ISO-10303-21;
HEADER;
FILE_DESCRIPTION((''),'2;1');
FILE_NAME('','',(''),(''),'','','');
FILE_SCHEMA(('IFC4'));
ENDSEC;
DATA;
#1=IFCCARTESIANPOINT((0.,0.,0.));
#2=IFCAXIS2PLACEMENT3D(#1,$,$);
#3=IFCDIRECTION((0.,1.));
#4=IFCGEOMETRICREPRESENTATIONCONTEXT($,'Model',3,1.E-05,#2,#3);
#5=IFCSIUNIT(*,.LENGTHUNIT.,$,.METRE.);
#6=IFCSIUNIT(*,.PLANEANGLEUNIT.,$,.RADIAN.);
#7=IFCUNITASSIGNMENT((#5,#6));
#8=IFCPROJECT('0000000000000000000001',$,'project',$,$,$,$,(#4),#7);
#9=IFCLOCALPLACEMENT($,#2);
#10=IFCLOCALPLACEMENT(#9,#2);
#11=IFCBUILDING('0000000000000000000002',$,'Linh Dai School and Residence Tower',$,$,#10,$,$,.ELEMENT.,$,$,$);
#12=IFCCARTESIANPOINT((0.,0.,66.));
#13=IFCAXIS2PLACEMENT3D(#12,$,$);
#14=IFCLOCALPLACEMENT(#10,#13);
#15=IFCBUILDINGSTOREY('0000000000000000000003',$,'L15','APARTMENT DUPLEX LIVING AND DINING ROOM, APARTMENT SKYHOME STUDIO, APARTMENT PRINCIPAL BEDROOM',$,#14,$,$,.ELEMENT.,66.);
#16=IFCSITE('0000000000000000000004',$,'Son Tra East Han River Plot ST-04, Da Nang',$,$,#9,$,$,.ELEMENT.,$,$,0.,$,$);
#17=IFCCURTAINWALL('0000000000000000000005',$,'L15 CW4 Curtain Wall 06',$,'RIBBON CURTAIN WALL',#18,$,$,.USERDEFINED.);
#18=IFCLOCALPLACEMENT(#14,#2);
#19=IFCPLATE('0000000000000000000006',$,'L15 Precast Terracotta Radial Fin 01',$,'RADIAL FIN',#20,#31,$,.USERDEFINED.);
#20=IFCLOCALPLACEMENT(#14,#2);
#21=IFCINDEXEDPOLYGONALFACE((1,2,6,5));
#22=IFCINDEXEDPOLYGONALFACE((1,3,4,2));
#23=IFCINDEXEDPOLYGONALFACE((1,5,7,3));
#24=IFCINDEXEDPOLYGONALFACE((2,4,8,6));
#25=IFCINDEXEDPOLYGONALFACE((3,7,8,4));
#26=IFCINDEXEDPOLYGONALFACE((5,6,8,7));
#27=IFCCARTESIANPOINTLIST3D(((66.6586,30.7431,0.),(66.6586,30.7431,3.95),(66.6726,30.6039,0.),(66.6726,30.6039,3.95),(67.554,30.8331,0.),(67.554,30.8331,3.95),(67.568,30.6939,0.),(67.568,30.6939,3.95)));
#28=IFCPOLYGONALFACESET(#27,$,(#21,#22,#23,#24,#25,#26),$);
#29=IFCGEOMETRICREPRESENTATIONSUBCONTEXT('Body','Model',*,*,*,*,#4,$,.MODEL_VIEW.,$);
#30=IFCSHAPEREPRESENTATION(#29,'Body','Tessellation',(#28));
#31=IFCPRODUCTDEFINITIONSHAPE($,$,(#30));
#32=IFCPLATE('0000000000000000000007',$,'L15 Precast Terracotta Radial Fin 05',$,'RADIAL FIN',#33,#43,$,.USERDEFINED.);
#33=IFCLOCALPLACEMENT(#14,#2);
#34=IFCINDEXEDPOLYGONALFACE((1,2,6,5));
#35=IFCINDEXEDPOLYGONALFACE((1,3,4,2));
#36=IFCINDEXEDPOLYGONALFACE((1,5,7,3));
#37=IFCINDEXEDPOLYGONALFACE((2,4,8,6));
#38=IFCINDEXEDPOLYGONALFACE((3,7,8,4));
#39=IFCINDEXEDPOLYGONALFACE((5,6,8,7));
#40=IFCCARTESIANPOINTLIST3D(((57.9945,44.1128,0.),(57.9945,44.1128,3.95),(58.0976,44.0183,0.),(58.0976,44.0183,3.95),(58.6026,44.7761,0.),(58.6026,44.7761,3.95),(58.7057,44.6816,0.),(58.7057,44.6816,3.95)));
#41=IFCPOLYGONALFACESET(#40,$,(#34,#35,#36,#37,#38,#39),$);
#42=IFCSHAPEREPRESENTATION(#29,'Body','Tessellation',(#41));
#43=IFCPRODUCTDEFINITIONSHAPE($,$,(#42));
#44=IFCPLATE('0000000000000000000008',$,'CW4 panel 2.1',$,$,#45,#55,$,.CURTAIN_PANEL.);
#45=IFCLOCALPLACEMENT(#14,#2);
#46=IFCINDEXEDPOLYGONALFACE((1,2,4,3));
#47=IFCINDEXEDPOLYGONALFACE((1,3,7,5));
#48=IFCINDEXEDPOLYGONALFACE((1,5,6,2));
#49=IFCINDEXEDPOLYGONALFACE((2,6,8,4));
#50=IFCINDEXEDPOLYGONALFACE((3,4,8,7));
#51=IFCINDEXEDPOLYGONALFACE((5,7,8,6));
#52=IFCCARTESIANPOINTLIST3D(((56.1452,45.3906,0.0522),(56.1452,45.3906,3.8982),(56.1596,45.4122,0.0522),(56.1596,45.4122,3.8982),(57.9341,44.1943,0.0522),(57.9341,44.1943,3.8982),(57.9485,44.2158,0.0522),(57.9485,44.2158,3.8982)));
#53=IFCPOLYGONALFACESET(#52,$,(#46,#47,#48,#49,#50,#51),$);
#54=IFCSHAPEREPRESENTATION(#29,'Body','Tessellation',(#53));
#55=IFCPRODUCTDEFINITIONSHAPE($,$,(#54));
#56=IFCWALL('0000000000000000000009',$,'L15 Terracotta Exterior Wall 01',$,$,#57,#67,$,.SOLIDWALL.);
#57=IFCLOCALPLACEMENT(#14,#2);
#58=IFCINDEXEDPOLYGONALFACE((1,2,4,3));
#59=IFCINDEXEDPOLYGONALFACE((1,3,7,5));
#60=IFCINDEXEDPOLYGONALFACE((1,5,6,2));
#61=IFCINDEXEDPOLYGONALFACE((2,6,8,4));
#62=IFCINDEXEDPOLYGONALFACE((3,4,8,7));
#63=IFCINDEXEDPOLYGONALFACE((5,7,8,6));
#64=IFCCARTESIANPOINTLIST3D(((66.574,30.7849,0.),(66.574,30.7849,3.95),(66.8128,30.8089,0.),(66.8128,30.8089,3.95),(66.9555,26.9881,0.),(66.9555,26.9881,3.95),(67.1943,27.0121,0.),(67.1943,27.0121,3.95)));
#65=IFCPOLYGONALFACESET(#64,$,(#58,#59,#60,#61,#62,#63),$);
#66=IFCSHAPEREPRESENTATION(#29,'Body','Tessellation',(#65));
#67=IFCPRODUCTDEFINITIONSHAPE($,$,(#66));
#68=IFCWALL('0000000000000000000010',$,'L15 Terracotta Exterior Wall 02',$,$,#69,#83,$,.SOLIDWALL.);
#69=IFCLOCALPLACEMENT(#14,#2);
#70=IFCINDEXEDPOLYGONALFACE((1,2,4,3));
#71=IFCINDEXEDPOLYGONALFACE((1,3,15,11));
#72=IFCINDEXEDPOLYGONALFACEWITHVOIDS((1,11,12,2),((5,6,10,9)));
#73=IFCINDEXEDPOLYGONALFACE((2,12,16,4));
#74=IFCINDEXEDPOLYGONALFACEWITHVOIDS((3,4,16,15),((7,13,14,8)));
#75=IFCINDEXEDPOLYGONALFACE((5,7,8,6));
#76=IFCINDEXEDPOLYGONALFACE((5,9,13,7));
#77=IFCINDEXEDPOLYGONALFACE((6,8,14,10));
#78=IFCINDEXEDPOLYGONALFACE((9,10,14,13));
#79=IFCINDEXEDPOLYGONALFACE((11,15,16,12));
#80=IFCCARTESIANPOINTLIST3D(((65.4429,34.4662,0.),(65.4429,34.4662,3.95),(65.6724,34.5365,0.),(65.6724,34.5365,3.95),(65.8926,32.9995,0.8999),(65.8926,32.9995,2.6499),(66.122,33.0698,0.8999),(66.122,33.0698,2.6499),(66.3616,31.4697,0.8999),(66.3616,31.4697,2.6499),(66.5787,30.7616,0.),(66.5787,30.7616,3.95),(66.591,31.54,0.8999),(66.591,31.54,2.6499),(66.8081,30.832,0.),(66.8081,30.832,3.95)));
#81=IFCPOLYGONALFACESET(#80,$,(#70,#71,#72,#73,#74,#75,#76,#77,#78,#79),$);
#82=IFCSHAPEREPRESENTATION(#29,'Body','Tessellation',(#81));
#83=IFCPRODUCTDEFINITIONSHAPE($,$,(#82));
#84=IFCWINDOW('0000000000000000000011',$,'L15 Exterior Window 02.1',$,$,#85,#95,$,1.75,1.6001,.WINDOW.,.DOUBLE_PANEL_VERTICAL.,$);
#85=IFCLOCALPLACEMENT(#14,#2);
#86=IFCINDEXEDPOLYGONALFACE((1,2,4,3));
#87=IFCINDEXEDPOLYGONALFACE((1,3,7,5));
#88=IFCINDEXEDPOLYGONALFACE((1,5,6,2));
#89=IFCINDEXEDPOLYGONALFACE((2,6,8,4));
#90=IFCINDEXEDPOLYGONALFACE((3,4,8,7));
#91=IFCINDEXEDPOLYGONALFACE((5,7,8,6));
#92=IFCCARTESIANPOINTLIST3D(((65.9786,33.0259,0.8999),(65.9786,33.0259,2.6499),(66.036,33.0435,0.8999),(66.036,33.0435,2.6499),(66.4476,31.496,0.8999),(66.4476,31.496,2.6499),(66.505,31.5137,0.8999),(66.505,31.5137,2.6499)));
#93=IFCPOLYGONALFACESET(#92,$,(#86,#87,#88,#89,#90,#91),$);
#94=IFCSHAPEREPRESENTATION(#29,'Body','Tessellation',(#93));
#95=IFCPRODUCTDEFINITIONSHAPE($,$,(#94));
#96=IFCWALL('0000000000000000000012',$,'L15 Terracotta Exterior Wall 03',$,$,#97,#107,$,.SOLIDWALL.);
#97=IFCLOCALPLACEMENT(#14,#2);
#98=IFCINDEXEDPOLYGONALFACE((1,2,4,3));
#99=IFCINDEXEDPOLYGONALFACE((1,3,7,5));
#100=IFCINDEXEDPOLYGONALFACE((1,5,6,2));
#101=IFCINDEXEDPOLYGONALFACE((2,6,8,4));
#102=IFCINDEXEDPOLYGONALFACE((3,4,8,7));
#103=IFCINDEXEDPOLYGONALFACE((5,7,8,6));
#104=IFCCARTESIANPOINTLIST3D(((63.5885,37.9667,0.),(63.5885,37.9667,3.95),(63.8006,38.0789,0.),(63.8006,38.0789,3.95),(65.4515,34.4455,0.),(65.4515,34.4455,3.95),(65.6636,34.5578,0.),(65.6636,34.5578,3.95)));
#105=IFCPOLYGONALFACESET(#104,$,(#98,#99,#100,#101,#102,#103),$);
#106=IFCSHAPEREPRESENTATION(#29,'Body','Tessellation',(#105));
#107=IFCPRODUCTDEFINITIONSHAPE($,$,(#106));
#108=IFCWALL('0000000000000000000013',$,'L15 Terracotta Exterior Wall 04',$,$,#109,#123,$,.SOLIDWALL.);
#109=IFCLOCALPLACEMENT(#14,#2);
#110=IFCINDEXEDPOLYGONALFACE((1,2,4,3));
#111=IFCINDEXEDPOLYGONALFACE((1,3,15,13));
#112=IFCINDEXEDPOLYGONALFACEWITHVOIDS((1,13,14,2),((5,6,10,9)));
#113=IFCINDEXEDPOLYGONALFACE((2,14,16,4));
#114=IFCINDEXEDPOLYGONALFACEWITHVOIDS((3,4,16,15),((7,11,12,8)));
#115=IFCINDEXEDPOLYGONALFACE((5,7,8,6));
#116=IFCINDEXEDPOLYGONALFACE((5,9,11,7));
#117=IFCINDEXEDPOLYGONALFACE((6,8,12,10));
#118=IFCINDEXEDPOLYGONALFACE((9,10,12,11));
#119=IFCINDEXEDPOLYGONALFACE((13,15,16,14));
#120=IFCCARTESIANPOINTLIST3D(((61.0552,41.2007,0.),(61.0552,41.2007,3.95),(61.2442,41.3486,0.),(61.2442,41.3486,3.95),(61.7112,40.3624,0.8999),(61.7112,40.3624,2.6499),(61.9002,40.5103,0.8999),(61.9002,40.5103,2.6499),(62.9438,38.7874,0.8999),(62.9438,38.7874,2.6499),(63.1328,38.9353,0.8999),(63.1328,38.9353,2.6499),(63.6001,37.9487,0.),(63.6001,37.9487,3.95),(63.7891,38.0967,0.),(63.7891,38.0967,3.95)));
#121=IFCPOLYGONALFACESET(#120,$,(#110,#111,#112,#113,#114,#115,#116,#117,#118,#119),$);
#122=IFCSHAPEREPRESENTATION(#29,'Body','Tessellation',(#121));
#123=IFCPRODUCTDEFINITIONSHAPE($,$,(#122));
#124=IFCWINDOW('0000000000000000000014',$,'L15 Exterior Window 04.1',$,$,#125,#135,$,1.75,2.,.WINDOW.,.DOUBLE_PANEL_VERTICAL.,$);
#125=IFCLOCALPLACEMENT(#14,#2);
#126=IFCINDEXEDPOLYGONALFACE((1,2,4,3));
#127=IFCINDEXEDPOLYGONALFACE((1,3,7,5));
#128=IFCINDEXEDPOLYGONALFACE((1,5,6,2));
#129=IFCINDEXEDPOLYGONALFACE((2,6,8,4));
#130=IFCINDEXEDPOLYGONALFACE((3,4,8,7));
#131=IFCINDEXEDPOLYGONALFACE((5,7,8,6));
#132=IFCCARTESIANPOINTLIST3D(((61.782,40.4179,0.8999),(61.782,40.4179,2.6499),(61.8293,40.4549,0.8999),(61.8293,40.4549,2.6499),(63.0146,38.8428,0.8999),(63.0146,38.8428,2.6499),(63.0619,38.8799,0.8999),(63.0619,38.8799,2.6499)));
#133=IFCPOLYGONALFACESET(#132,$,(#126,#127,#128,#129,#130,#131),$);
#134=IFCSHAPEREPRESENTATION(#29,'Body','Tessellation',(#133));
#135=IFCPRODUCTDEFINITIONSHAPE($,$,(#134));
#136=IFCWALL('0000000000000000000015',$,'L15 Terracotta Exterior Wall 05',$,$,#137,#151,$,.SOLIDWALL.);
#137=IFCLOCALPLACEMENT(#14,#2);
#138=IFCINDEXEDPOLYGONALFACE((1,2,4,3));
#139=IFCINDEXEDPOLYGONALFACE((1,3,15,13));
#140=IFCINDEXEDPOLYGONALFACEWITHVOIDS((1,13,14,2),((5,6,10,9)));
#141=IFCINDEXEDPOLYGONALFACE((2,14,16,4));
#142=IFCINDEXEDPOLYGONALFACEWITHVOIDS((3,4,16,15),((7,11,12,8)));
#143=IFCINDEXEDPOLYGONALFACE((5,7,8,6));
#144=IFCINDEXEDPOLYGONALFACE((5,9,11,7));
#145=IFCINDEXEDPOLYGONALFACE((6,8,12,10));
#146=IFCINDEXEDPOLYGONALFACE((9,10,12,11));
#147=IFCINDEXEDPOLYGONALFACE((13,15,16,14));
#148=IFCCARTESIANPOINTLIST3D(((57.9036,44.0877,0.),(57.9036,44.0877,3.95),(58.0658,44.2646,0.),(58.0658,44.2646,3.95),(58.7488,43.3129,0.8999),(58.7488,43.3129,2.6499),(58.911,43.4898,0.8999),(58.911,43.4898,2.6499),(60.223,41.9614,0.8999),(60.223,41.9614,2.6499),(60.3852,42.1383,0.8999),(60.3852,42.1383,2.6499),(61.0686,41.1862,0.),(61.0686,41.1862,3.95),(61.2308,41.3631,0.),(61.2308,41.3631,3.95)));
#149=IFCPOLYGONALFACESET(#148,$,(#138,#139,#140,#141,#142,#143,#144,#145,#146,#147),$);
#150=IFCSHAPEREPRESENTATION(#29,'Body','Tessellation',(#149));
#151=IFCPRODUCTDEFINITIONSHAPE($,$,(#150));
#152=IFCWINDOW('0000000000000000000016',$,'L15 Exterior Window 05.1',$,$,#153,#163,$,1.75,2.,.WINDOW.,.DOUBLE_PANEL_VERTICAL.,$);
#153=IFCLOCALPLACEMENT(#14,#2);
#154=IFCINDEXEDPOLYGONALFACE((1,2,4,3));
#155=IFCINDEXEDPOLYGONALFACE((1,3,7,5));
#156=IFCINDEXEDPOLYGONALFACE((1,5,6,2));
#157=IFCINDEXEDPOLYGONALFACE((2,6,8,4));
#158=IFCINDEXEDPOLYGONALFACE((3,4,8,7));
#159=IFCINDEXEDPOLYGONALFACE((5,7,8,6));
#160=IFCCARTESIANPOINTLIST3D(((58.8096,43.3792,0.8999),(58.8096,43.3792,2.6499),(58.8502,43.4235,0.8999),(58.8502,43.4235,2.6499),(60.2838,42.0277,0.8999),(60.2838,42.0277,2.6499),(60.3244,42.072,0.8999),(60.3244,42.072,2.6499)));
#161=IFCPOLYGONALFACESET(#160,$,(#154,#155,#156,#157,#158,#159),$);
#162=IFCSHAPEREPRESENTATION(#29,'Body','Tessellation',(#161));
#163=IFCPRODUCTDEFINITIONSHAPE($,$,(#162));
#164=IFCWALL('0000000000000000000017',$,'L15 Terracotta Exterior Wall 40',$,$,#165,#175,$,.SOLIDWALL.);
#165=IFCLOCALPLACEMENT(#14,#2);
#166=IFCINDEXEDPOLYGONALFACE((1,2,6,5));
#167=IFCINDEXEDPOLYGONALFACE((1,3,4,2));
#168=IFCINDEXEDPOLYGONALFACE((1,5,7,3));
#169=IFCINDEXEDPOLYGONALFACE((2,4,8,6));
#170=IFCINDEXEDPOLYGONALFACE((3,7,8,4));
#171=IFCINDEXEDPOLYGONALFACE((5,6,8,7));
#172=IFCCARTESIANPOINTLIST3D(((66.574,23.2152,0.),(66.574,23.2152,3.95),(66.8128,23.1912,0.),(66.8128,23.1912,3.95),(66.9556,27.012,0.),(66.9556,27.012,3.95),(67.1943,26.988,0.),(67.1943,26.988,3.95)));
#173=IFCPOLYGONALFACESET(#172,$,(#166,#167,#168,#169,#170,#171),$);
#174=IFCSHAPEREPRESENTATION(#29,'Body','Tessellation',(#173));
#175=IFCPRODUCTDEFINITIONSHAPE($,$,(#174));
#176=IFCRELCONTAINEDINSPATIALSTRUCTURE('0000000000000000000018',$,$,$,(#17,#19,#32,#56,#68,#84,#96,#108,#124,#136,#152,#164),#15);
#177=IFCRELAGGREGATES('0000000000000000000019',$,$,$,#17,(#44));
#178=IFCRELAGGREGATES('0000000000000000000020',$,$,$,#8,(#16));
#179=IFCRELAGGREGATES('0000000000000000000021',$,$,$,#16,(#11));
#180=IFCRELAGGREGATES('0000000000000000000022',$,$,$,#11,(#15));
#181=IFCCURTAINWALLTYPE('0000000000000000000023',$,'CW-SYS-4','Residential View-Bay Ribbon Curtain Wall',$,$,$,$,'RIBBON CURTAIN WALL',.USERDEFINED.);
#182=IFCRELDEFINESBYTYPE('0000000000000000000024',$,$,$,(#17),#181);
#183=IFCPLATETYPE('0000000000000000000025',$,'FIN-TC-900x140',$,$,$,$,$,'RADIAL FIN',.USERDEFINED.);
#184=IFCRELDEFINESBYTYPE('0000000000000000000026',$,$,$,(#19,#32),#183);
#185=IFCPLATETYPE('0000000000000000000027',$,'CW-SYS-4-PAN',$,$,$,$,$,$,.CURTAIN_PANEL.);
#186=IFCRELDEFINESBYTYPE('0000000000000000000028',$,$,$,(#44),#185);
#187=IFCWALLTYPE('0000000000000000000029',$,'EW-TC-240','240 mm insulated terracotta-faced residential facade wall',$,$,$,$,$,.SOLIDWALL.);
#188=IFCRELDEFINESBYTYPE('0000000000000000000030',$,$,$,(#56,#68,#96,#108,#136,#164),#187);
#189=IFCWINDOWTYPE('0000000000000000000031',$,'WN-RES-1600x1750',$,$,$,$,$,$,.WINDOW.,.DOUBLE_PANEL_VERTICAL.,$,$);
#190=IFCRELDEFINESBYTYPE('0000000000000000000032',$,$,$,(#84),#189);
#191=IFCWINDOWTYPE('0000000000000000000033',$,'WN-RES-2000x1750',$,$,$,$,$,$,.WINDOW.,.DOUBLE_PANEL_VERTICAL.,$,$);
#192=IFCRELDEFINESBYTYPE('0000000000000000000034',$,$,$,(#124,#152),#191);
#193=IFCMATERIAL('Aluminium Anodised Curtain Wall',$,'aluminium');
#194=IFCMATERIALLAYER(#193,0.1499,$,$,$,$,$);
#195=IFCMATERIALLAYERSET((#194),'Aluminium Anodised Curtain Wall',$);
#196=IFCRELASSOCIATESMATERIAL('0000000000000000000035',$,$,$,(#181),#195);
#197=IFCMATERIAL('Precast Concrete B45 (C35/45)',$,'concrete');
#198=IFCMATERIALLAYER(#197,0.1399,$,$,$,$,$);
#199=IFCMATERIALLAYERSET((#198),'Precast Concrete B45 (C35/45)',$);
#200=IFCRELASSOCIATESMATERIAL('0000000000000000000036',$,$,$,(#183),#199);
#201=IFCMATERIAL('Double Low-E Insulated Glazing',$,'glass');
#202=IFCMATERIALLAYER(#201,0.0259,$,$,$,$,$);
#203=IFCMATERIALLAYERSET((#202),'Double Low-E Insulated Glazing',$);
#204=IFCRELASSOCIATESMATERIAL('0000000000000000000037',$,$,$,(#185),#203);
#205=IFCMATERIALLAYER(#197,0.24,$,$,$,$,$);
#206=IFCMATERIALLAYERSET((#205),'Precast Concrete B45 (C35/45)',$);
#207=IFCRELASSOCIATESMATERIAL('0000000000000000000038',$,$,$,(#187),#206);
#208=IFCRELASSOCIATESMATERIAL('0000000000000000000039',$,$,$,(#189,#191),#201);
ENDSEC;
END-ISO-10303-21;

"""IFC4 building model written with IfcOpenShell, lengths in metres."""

from ifc_helpers import new_model, si_unit, direction, frame, frame_2d, origin, origin_2d, place, context, subcontext, project, spatial, rectangle, extrude, source, transform, mapped, material, layer, layer_set, type_object, element, fill, aggregate, save


model = new_model("IFC4")

# Units and contexts
model_context = context("Model", 3, precision=1e-05, world=origin(), true_north=direction((0.0, 1.0)))
body_context = subcontext(model_context, "Body", "Model", "MODEL_VIEW")
ifc_project = project(units=[si_unit("LENGTHUNIT", "METRE"), si_unit("PLANEANGLEUNIT", "RADIAN")], contexts=[model_context])

# Site, building, storey
site_placement = place(None, origin())
site = spatial("IfcSite", under=ifc_project, at=site_placement, Name="Son Tra East Han River Plot ST-04, Da Nang", CompositionType="ELEMENT", RefElevation=0.0)
building_placement = place(site_placement, origin())
building = spatial("IfcBuilding", under=site, at=building_placement, Name="Linh Dai School and Residence Tower", CompositionType="ELEMENT")
storey_placement = place(building_placement, frame((0.0, 0.0, 66.0)))
storey = spatial("IfcBuildingStorey", under=building, at=storey_placement, Name="L15", Description="APARTMENT DUPLEX LIVING AND DINING ROOM, APARTMENT SKYHOME STUDIO, APARTMENT PRINCIPAL BEDROOM", CompositionType="ELEMENT", Elevation=66.0)

# Curtain wall
ifc_material_1 = material(Name="Aluminium Anodised Curtain Wall", Category="aluminium")
ifc_layer_1 = layer(ifc_material_1, 0.1499)
ifc_layer_set_1 = layer_set([ifc_layer_1], Name="Aluminium Anodised Curtain Wall")
curtain_wall_type = type_object("IfcCurtainWallType", Name="CW-SYS-4", Description="Residential View-Bay Ribbon Curtain Wall", ElementType="RIBBON CURTAIN WALL", PredefinedType="USERDEFINED", material=ifc_layer_set_1)
curtain_wall_placement = place(storey_placement, origin())
curtain_wall = element("IfcCurtainWall", 1, at=curtain_wall_placement, inside=storey, type_object=curtain_wall_type, Name="L15 CW4 Curtain Wall 06", ObjectType="RIBBON CURTAIN WALL", PredefinedType="USERDEFINED")

# Plates
ifc_material_2 = material(Name="Precast Concrete B45 (C35/45)", Category="concrete")
ifc_layer_2 = layer(ifc_material_2, 0.1399)
ifc_layer_set_2 = layer_set([ifc_layer_2], Name="Precast Concrete B45 (C35/45)")
plate_type_1 = type_object("IfcPlateType", Name="FIN-TC-900x140", ElementType="RADIAL FIN", PredefinedType="USERDEFINED", material=ifc_layer_set_2)
shared_shape_1 = source(origin(), body_context, "Body", "SweptSolid", [
    extrude(rectangle(XDim=0.8999, YDim=0.1399, at=origin_2d()), origin(), (0.0, 0.0, 1.0), 3.95),
])
for number, where, z_axis, x_axis, name in (
    (2, (67.1133, 30.7185, 0.0), (0.0, 0.0, 1.0), (0.994986, 0.100009, 0.0), "L15 Precast Terracotta Radial Fin 01"),
    (3, (58.3501, 44.3972, 0.0), (0.0, 0.0, 1.0), (0.675769, 0.737113, 0.0), "L15 Precast Terracotta Radial Fin 05"),
):
    element("IfcPlate", number, at=place(storey_placement, frame(where, z_axis=z_axis, x_axis=x_axis)), inside=storey, type_object=plate_type_1, Name=name, ObjectType="RADIAL FIN", PredefinedType="USERDEFINED", context=body_context, shape_type="MappedRepresentation", body=[
        mapped(shared_shape_1, transform((0.0, 0.0, 0.0), x_axis=(1.0, 0.0, 0.0), y_axis=(0.0, 1.0, 0.0), z_axis=(0.0, 0.0, 1.0), scale=1.0)),
    ])

# Plate
ifc_material_3 = material(Name="Double Low-E Insulated Glazing", Category="glass")
ifc_layer_3 = layer(ifc_material_3, 0.0259)
ifc_layer_set_3 = layer_set([ifc_layer_3], Name="Double Low-E Insulated Glazing")
plate_type_2 = type_object("IfcPlateType", Name="CW-SYS-4-PAN", PredefinedType="CURTAIN_PANEL", material=ifc_layer_set_3)
shared_shape_2 = source(origin(), body_context, "Body", "SweptSolid", [
    extrude(rectangle(XDim=2.1521, YDim=0.0259, at=origin_2d()), origin(), (0.0, 0.0, 1.0), 3.8459),
])
plate_placement = place(storey_placement, frame((57.0469, 44.8032, 0.0522), z_axis=(0.0, 0.0, 1.0), x_axis=(0.831251, -0.555898, 0.0)))
plate = element("IfcPlate", 4, at=plate_placement, type_object=plate_type_2, Name="CW4 panel 2.1", PredefinedType="CURTAIN_PANEL", context=body_context, shape_type="MappedRepresentation", body=[
    mapped(shared_shape_2, transform((0.0, 0.0, 0.0), x_axis=(1.0, 0.0, 0.0), y_axis=(0.0, 1.0, 0.0), z_axis=(0.0, 0.0, 1.0), scale=1.0)),
])
aggregate(curtain_wall, [plate])

# Wall
ifc_layer_4 = layer(ifc_material_2, 0.24)
ifc_layer_set_4 = layer_set([ifc_layer_4], Name="Precast Concrete B45 (C35/45)")
wall_type = type_object("IfcWallType", Name="EW-TC-240", Description="240 mm insulated terracotta-faced residential facade wall", PredefinedType="SOLIDWALL", material=ifc_layer_set_4)
wall_1_placement = place(storey_placement, frame((66.6934, 30.7969, 0.0), z_axis=(0.0, 0.0, 1.0), x_axis=(0.099998, -0.994988, 0.0)))
element("IfcWall", 5, at=wall_1_placement, inside=storey, type_object=wall_type, Name="L15 Terracotta Exterior Wall 01", PredefinedType="SOLIDWALL", context=body_context, shape_type="SweptSolid", body=[
    extrude(rectangle(XDim=3.8159, YDim=0.24, at=frame_2d((1.908, 0.0))), origin(), (0.0, 0.0, 1.0), 3.95),
])

# Wall, opening, window
wall_2_placement = place(storey_placement, frame((65.5576, 34.5015, 0.0), z_axis=(0.0, 0.0, 1.0), x_axis=(0.293112, -0.956078, 0.0)))
wall_2 = element("IfcWall", 6, at=wall_2_placement, inside=storey, type_object=wall_type, Name="L15 Terracotta Exterior Wall 02", PredefinedType="SOLIDWALL", context=body_context, shape_type="SweptSolid", body=[
    extrude(rectangle(XDim=3.8748, YDim=0.24, at=frame_2d((1.9375, 0.0))), origin(), (0.0, 0.0, 1.0), 3.95),
])
opening_1_placement = place(wall_2_placement, frame((1.5342, 0.0, 0.8999)))
opening_1 = element("IfcOpeningElement", 7, at=opening_1_placement, cuts=wall_2, PredefinedType="OPENING", context=body_context, shape_type="SweptSolid", body=[
    extrude(rectangle(XDim=1.6001, YDim=1.75, at=origin_2d()), frame((0.8, 0.1299, 0.875), z_axis=(0.0, -1.0, 0.0), x_axis=(1.0, 0.0, 0.0)), (0.0, 0.0, 1.0), 0.26),
])
window_type_1 = type_object("IfcWindowType", Name="WN-RES-1600x1750", PartitioningType="DOUBLE_PANEL_VERTICAL", PredefinedType="WINDOW", material=ifc_material_3)
shared_shape_3 = source(origin(), body_context, "Body", "SweptSolid", [
    extrude(rectangle(XDim=1.6001, YDim=1.75, at=origin_2d()), frame((0.8, 0.03, 0.875), z_axis=(0.0, -1.0, 0.0), x_axis=(1.0, 0.0, 0.0)), (0.0, 0.0, 1.0), 0.0601),
])
window_1_placement = place(opening_1_placement, origin())
window_1 = element("IfcWindow", 8, at=window_1_placement, inside=storey, type_object=window_type_1, Name="L15 Exterior Window 02.1", OverallHeight=1.75, OverallWidth=1.6001, PartitioningType="DOUBLE_PANEL_VERTICAL", PredefinedType="WINDOW", context=body_context, shape_type="MappedRepresentation", body=[
    mapped(shared_shape_3, transform((0.0, 0.0, 0.0), x_axis=(1.0, 0.0, 0.0), y_axis=(0.0, 1.0, 0.0), z_axis=(0.0, 0.0, 1.0), scale=1.0)),
])
fill(opening_1, window_1)

# Wall
wall_3_placement = place(storey_placement, frame((63.6946, 38.0227, 0.0), z_axis=(0.0, 0.0, 1.0), x_axis=(0.467662, -0.883907, 0.0)))
element("IfcWall", 9, at=wall_3_placement, inside=storey, type_object=wall_type, Name="L15 Terracotta Exterior Wall 03", PredefinedType="SOLIDWALL", context=body_context, shape_type="SweptSolid", body=[
    extrude(rectangle(XDim=3.9836, YDim=0.24, at=frame_2d((1.9917, 0.0))), origin(), (0.0, 0.0, 1.0), 3.95),
])

# Walls, openings, windows
wall_4_placement = place(storey_placement, frame((61.1497, 41.2747, 0.0), z_axis=(0.0, 0.0, 1.0), x_axis=(0.616296, -0.787515, 0.0)))
wall_4 = element("IfcWall", 10, at=wall_4_placement, inside=storey, type_object=wall_type, Name="L15 Terracotta Exterior Wall 04", PredefinedType="SOLIDWALL", context=body_context, shape_type="SweptSolid", body=[
    extrude(rectangle(XDim=4.1294, YDim=0.24, at=frame_2d((2.0647, 0.0))), origin(), (0.0, 0.0, 1.0), 3.95),
])
opening_2_placement = place(wall_4_placement, frame((1.0645, 0.0, 0.8999)))
opening_2 = element("IfcOpeningElement", 11, at=opening_2_placement, cuts=wall_4, PredefinedType="OPENING", context=body_context, shape_type="SweptSolid", body=[
    extrude(rectangle(XDim=2.0, YDim=1.75, at=origin_2d()), frame((1.0, 0.1299, 0.875), z_axis=(0.0, -1.0, 0.0), x_axis=(1.0, 0.0, 0.0)), (0.0, 0.0, 1.0), 0.26),
])
window_type_2 = type_object("IfcWindowType", Name="WN-RES-2000x1750", PartitioningType="DOUBLE_PANEL_VERTICAL", PredefinedType="WINDOW", material=ifc_material_3)
shared_shape_4 = source(origin(), body_context, "Body", "SweptSolid", [
    extrude(rectangle(XDim=2.0, YDim=1.75, at=origin_2d()), frame((1.0, 0.03, 0.875), z_axis=(0.0, -1.0, 0.0), x_axis=(1.0, 0.0, 0.0)), (0.0, 0.0, 1.0), 0.0601),
])
window_2_placement = place(opening_2_placement, origin())
window_2 = element("IfcWindow", 12, at=window_2_placement, inside=storey, type_object=window_type_2, Name="L15 Exterior Window 04.1", OverallHeight=1.75, OverallWidth=2.0, PartitioningType="DOUBLE_PANEL_VERTICAL", PredefinedType="WINDOW", context=body_context, shape_type="MappedRepresentation", body=[
    mapped(shared_shape_4, transform((0.0, 0.0, 0.0), x_axis=(1.0, 0.0, 0.0), y_axis=(0.0, 1.0, 0.0), z_axis=(0.0, 0.0, 1.0), scale=1.0)),
])
fill(opening_2, window_2)
wall_5_placement = place(storey_placement, frame((57.9846, 44.1763, 0.0), z_axis=(0.0, 0.0, 1.0), x_axis=(0.737116, -0.675766, 0.0)))
wall_5 = element("IfcWall", 13, at=wall_5_placement, inside=storey, type_object=wall_type, Name="L15 Terracotta Exterior Wall 05", PredefinedType="SOLIDWALL", context=body_context, shape_type="SweptSolid", body=[
    extrude(rectangle(XDim=4.2937, YDim=0.24, at=frame_2d((2.147, 0.0))), origin(), (0.0, 0.0, 1.0), 3.95),
])
opening_3_placement = place(wall_5_placement, frame((1.1467, 0.0, 0.8999)))
opening_3 = element("IfcOpeningElement", 14, at=opening_3_placement, cuts=wall_5, PredefinedType="OPENING", context=body_context, shape_type="SweptSolid", body=[
    extrude(rectangle(XDim=2.0, YDim=1.75, at=origin_2d()), frame((1.0, 0.1299, 0.875), z_axis=(0.0, -1.0, 0.0), x_axis=(1.0, 0.0, 0.0)), (0.0, 0.0, 1.0), 0.26),
])
window_3_placement = place(opening_3_placement, origin())
window_3 = element("IfcWindow", 15, at=window_3_placement, inside=storey, type_object=window_type_2, Name="L15 Exterior Window 05.1", OverallHeight=1.75, OverallWidth=2.0, PartitioningType="DOUBLE_PANEL_VERTICAL", PredefinedType="WINDOW", context=body_context, shape_type="MappedRepresentation", body=[
    mapped(shared_shape_4, transform((0.0, 0.0, 0.0), x_axis=(1.0, 0.0, 0.0), y_axis=(0.0, 1.0, 0.0), z_axis=(0.0, 0.0, 1.0), scale=1.0)),
])
fill(opening_3, window_3)

# Wall
wall_6_placement = place(storey_placement, frame((67.075, 27.0, 0.0), z_axis=(0.0, 0.0, 1.0), x_axis=(-0.099998, -0.994988, 0.0)))
element("IfcWall", 16, at=wall_6_placement, inside=storey, type_object=wall_type, Name="L15 Terracotta Exterior Wall 40", PredefinedType="SOLIDWALL", context=body_context, shape_type="SweptSolid", body=[
    extrude(rectangle(XDim=3.8159, YDim=0.24, at=frame_2d((1.908, 0.0))), origin(), (0.0, 0.0, 1.0), 3.95),
])

save(model, "model.ifc")
